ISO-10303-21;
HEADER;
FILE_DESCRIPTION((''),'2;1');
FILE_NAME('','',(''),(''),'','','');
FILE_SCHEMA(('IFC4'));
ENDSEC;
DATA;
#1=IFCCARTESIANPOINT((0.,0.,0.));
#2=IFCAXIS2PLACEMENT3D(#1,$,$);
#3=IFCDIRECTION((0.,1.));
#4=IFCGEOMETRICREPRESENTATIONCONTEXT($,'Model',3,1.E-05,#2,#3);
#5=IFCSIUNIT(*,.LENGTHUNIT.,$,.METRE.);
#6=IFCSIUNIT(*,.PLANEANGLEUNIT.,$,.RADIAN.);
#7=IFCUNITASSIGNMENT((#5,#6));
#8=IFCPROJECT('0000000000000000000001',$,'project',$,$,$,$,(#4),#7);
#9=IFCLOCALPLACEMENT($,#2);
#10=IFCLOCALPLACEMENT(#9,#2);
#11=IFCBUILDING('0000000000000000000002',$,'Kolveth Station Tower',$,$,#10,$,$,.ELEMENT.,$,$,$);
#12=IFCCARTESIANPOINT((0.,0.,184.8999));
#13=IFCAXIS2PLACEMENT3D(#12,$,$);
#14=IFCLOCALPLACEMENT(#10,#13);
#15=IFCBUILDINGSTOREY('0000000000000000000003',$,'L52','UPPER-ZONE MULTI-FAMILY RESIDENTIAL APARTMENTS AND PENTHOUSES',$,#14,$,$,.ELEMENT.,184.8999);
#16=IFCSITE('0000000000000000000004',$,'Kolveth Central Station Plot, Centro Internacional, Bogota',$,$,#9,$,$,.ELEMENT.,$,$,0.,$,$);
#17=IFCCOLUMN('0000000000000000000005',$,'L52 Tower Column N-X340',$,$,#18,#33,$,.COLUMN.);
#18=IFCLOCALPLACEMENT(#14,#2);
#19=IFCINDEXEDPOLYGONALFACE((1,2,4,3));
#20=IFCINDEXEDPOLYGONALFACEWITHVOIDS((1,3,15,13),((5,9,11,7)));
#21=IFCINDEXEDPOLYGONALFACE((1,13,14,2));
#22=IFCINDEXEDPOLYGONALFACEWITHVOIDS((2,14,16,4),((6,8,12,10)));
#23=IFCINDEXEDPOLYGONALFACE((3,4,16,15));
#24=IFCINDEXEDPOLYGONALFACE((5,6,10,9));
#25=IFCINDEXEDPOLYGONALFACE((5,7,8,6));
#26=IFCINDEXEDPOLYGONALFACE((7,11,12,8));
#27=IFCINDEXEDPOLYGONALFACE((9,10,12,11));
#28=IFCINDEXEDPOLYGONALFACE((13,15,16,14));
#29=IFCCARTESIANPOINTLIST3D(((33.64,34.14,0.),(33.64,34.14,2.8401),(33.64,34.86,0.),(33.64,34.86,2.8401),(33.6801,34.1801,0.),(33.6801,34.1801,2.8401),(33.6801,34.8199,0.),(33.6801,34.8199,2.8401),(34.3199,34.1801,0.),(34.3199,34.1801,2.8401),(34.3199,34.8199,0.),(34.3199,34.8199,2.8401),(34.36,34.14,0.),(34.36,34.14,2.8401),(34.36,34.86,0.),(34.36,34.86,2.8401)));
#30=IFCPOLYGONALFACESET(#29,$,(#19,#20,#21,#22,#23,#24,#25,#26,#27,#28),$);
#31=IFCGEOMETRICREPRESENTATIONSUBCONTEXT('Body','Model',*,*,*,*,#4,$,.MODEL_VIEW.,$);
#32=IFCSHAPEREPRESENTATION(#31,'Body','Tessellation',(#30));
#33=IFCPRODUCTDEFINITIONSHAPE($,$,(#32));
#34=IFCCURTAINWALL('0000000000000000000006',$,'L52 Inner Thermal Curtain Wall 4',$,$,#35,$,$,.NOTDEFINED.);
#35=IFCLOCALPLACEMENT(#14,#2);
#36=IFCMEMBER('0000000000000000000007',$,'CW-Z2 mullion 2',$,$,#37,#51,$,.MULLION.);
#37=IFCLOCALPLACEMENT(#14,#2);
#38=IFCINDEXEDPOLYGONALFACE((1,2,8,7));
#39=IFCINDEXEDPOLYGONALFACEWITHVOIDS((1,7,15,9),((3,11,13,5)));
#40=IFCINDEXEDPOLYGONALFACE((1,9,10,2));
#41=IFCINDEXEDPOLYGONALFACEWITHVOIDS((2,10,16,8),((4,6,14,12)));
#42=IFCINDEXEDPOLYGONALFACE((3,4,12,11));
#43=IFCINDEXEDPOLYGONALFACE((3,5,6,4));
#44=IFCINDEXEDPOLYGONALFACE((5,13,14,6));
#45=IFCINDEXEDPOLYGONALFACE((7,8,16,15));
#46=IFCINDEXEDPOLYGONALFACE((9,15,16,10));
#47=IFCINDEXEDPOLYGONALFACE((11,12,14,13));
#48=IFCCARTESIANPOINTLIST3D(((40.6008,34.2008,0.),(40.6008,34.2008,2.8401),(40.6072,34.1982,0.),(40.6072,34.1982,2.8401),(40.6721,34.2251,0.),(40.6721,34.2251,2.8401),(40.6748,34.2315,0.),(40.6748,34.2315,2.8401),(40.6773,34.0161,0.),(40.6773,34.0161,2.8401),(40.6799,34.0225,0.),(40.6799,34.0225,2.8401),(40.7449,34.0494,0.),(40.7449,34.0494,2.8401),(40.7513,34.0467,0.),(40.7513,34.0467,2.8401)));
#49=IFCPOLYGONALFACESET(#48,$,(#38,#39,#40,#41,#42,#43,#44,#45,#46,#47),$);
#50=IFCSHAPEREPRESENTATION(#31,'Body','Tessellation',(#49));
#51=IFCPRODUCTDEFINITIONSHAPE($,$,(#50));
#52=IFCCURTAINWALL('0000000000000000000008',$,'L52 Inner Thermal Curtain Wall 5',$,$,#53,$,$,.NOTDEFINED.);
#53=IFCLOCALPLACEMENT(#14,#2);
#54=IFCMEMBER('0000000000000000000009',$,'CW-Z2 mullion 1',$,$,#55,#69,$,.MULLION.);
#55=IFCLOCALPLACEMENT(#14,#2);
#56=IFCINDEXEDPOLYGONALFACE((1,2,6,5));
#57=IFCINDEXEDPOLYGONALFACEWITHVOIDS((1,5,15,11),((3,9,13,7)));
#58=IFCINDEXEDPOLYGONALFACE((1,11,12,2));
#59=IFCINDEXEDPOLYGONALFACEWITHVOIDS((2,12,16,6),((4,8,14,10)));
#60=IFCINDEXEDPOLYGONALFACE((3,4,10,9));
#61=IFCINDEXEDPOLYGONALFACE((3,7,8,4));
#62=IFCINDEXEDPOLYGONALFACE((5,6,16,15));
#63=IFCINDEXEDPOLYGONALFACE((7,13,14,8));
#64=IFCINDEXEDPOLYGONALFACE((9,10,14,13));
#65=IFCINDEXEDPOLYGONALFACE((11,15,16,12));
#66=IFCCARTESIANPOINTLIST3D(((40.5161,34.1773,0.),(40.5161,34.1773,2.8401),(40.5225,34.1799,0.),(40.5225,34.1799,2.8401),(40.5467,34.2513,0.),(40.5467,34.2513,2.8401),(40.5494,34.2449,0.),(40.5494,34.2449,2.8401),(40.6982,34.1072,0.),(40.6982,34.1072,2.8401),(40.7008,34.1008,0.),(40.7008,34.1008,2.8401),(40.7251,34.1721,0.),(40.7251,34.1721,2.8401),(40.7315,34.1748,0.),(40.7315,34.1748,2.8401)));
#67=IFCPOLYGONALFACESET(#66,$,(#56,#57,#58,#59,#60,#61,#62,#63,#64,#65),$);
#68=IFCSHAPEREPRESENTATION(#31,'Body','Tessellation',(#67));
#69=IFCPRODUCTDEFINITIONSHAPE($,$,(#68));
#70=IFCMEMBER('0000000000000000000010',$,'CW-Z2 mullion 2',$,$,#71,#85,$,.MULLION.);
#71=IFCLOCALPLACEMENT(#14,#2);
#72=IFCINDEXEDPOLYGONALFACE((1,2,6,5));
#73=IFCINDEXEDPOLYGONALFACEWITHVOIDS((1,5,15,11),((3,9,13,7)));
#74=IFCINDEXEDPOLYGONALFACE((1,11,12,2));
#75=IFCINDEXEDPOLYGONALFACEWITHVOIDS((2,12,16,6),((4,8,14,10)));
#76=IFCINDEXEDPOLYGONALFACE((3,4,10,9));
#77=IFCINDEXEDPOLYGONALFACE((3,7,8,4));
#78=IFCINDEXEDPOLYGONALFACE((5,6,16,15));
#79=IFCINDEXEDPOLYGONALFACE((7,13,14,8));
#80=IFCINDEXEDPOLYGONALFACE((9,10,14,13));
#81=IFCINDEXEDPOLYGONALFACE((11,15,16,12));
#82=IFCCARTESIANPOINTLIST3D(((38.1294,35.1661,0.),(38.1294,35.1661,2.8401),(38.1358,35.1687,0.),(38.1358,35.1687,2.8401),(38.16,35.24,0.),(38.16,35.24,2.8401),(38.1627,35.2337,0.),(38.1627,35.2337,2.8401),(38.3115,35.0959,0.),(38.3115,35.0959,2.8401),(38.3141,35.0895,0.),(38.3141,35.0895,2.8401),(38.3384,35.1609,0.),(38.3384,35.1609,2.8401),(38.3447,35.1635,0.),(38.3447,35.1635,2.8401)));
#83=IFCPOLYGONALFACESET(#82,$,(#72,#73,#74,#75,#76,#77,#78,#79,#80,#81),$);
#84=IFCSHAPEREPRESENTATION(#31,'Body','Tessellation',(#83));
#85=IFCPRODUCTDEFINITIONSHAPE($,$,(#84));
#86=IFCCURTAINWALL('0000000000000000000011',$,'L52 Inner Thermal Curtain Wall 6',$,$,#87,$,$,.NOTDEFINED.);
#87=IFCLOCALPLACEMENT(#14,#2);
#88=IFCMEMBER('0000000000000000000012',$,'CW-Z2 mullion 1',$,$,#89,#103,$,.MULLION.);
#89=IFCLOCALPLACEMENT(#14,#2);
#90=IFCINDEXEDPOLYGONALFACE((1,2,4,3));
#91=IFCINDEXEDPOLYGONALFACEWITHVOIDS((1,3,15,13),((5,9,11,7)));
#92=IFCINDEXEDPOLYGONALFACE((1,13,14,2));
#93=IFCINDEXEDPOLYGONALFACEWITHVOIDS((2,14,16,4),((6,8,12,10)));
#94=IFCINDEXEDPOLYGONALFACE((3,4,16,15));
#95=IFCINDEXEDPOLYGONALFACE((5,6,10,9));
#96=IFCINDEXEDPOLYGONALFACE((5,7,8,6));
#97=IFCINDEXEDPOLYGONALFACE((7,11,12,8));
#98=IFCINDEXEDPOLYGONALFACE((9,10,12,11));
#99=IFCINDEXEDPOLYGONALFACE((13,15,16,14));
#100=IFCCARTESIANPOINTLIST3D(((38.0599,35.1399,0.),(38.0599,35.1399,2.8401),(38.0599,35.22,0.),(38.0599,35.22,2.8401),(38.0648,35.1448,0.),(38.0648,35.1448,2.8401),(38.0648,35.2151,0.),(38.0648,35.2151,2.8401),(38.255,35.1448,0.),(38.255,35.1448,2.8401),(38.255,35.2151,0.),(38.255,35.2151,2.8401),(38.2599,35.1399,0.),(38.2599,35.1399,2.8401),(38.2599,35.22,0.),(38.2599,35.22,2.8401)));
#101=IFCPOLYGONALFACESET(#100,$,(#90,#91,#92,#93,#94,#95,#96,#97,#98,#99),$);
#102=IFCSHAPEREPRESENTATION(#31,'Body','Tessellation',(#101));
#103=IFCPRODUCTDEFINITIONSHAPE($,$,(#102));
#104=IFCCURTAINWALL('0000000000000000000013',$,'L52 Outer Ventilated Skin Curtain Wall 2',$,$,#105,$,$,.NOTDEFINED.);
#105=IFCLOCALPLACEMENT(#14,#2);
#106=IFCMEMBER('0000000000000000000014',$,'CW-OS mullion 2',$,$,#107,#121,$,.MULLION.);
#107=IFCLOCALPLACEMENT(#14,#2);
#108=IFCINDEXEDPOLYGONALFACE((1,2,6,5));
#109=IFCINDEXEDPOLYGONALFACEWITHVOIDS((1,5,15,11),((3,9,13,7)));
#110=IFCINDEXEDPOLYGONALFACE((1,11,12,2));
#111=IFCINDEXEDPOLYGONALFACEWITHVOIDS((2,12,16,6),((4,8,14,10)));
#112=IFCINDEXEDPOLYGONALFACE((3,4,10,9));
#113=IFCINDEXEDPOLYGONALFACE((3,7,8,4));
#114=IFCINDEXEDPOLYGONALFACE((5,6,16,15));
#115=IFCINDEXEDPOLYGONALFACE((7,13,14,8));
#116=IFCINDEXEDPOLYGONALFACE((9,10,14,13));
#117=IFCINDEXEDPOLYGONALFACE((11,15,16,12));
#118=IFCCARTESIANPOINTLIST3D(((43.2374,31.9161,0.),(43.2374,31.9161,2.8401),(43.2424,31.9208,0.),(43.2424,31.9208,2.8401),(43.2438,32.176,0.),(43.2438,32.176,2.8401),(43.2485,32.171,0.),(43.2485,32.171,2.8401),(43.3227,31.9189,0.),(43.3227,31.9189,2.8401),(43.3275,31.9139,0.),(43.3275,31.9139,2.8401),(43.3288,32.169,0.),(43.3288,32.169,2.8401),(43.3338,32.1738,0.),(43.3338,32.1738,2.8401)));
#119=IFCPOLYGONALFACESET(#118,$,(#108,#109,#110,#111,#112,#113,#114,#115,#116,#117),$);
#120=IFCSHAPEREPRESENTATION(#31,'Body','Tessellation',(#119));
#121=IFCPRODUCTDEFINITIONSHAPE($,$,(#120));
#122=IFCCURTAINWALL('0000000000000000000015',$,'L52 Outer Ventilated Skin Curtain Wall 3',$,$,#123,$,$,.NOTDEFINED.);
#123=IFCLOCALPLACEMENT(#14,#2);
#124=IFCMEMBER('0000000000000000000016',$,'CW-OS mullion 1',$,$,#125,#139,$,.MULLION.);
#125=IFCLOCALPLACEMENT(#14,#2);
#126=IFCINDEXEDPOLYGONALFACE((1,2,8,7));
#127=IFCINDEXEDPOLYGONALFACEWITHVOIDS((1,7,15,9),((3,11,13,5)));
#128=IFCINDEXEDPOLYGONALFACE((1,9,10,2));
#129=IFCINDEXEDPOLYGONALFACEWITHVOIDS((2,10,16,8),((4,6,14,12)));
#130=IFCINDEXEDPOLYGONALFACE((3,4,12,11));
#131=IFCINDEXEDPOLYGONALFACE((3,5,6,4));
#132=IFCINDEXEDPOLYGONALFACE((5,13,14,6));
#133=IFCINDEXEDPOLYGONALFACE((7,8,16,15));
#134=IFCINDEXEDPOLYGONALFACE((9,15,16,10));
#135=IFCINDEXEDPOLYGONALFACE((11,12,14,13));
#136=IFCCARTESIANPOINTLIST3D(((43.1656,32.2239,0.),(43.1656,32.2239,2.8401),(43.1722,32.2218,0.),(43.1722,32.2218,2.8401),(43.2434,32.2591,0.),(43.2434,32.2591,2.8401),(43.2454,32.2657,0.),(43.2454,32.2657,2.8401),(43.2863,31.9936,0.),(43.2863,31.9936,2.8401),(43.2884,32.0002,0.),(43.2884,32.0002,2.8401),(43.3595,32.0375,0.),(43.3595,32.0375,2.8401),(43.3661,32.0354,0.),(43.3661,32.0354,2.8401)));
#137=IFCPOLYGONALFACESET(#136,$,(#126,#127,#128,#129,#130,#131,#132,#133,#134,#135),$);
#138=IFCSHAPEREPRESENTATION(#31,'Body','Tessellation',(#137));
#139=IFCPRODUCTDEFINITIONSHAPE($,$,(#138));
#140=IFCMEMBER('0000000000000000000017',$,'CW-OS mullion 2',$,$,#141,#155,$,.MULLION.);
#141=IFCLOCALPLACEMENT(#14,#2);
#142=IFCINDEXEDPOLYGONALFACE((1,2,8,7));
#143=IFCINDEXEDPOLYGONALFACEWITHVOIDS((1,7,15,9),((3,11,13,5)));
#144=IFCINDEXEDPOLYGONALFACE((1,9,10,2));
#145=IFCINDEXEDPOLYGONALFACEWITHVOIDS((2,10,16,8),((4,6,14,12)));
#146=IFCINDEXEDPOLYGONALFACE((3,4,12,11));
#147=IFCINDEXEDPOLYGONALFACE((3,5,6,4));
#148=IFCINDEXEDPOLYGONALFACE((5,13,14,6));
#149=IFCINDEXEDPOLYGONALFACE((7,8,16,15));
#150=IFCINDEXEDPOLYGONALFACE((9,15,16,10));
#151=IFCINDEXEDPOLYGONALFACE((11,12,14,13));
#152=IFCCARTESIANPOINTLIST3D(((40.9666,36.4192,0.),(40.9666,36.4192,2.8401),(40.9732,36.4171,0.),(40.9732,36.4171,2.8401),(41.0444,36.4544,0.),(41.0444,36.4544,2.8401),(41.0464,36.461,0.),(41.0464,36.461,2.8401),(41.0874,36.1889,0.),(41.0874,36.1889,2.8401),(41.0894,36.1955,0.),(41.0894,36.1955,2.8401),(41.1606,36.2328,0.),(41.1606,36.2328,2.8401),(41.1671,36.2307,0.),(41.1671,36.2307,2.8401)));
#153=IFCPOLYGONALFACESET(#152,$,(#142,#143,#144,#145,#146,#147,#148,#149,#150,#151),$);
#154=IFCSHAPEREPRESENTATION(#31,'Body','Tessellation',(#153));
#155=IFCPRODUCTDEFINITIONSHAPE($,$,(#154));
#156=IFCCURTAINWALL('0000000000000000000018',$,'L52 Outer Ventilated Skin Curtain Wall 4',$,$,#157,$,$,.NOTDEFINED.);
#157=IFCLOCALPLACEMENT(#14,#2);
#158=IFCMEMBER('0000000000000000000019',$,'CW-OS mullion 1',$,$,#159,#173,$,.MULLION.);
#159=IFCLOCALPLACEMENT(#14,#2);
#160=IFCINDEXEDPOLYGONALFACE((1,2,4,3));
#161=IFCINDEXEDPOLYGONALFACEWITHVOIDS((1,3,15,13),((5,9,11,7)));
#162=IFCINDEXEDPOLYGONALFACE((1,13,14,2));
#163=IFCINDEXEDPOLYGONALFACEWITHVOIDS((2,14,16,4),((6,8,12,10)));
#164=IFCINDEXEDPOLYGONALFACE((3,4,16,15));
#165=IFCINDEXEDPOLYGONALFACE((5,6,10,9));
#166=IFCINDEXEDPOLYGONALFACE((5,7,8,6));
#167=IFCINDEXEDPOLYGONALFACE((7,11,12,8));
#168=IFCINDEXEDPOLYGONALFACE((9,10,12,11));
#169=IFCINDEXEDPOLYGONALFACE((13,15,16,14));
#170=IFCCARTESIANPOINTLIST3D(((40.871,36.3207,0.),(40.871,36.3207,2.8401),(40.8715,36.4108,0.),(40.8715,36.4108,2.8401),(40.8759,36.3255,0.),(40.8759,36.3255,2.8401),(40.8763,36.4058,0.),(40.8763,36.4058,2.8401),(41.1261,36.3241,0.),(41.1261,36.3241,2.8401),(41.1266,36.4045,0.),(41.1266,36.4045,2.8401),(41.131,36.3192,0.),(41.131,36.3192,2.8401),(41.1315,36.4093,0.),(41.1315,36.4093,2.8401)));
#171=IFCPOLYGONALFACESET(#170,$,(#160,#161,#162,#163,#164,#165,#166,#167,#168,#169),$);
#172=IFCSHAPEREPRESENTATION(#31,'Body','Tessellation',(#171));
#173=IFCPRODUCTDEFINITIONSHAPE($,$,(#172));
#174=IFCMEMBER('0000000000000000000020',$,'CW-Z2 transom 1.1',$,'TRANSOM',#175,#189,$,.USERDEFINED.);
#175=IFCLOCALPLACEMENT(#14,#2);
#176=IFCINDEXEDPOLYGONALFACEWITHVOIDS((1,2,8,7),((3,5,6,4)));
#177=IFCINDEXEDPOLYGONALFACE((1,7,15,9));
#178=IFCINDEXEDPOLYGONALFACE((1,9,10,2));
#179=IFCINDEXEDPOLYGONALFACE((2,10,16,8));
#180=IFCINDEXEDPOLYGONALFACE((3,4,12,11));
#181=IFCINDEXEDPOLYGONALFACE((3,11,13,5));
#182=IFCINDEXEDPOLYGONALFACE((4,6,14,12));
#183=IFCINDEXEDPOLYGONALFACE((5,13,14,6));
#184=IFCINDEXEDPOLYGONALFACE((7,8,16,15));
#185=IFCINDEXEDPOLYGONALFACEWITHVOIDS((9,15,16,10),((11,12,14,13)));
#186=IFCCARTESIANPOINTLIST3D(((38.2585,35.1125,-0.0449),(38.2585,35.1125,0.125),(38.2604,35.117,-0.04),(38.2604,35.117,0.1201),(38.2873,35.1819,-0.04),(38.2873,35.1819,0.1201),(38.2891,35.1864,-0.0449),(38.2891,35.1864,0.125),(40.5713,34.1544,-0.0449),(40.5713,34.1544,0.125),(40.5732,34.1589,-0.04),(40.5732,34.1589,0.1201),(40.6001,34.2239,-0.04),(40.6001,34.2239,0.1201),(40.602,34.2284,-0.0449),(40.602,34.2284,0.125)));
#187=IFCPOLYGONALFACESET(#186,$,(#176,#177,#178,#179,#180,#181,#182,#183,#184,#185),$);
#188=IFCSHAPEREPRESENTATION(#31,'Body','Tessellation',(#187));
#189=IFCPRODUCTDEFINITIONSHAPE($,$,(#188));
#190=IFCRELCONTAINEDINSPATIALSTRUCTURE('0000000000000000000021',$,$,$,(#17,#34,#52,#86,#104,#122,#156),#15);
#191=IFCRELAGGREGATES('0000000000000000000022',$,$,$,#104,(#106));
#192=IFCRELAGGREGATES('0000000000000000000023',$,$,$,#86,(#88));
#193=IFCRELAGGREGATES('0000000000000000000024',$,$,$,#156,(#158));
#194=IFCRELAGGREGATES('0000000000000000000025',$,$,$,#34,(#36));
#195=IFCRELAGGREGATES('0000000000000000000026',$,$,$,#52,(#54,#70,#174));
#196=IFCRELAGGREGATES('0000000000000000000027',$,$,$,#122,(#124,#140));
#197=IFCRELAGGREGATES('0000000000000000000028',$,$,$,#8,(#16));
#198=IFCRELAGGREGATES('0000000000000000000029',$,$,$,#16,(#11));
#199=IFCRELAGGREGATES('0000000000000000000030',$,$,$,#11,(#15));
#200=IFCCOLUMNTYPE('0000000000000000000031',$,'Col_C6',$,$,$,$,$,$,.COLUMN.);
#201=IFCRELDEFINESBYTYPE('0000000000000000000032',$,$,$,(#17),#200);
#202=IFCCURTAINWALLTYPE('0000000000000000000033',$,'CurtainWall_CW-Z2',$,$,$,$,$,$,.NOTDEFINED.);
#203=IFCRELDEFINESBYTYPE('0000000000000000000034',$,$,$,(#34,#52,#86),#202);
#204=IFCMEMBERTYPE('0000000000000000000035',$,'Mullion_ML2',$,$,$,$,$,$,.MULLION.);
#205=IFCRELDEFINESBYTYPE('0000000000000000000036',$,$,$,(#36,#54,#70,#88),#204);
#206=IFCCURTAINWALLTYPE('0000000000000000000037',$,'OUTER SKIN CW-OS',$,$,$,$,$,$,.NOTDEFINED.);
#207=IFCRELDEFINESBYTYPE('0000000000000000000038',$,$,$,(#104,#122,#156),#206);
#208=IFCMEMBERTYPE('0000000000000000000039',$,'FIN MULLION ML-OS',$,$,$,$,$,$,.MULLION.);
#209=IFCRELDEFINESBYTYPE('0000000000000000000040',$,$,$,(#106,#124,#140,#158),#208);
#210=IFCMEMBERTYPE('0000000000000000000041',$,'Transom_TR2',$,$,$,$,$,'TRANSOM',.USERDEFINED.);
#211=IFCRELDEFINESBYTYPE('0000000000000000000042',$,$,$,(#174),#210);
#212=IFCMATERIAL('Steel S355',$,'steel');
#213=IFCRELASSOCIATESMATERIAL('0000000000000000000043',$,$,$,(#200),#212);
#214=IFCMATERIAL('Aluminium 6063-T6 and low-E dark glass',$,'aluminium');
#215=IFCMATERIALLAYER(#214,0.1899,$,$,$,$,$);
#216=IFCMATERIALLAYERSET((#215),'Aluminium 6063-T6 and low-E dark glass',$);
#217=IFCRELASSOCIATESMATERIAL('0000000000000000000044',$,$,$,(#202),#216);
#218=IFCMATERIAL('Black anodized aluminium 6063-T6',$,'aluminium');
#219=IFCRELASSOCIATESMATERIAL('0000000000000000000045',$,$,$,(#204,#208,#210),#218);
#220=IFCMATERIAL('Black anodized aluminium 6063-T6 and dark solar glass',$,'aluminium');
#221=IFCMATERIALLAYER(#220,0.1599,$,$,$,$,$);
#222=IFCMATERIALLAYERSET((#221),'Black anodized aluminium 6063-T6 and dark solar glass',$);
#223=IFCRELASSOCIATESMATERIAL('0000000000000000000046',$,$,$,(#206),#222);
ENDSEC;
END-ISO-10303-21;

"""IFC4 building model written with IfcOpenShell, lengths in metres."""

from ifc_helpers import new_model, si_unit, direction, frame, origin, origin_2d, place, context, subcontext, project, spatial, hollow_rectangle, extrude, source, transform, mapped, material, layer, layer_set, material_profile, profile_set, type_object, element, aggregate, save


model = new_model("IFC4")

# Units and contexts
model_context = context("Model", 3, precision=1e-05, world=origin(), true_north=direction((0.0, 1.0)))
body_context = subcontext(model_context, "Body", "Model", "MODEL_VIEW")
ifc_project = project(units=[si_unit("LENGTHUNIT", "METRE"), si_unit("PLANEANGLEUNIT", "RADIAN")], contexts=[model_context])

# Site, building, storey
site_placement = place(None, origin())
site = spatial("IfcSite", under=ifc_project, at=site_placement, Name="Kolveth Central Station Plot, Centro Internacional, Bogota", CompositionType="ELEMENT", RefElevation=0.0)
building_placement = place(site_placement, origin())
building = spatial("IfcBuilding", under=site, at=building_placement, Name="Kolveth Station Tower", CompositionType="ELEMENT")
storey_placement = place(building_placement, frame((0.0, 0.0, 184.8999)))
storey = spatial("IfcBuildingStorey", under=building, at=storey_placement, Name="L52", Description="UPPER-ZONE MULTI-FAMILY RESIDENTIAL APARTMENTS AND PENTHOUSES", CompositionType="ELEMENT", Elevation=184.8999)

# Column
ifc_material_1 = material(Name="Steel S355", Category="steel")
ifc_material_profile_1 = material_profile(ifc_material_1, hollow_rectangle(XDim=0.72, YDim=0.72, WallThickness=0.04, at=origin_2d()), Name="BOX720x720x40")
ifc_profile_set_1 = profile_set([ifc_material_profile_1], Name="Steel S355")
column_type = type_object("IfcColumnType", Name="Col_C6", PredefinedType="COLUMN", material=ifc_profile_set_1)
shared_shape_1 = source(origin(), body_context, "Body", "SweptSolid", [
    extrude(hollow_rectangle(XDim=0.72, YDim=0.72, WallThickness=0.04, at=origin_2d()), origin(), (0.0, 0.0, 1.0), 2.8401),
])
column_placement = place(storey_placement, frame((34.0, 34.5, 0.0), z_axis=(0.0, 0.0, 1.0), x_axis=(1.0, 0.0, 0.0)))
element("IfcColumn", 1, at=column_placement, inside=storey, type_object=column_type, Name="L52 Tower Column N-X340", PredefinedType="COLUMN", context=body_context, shape_type="MappedRepresentation", body=[
    mapped(shared_shape_1, transform((0.0, 0.0, 0.0), x_axis=(1.0, 0.0, 0.0), y_axis=(0.0, 1.0, 0.0), z_axis=(0.0, 0.0, 1.0), scale=1.0)),
])

# Curtain wall, member
ifc_material_2 = material(Name="Aluminium 6063-T6 and low-E dark glass", Category="aluminium")
ifc_layer_1 = layer(ifc_material_2, 0.1899)
ifc_layer_set_1 = layer_set([ifc_layer_1], Name="Aluminium 6063-T6 and low-E dark glass")
curtain_wall_type_1 = type_object("IfcCurtainWallType", Name="CurtainWall_CW-Z2", PredefinedType="NOTDEFINED", material=ifc_layer_set_1)
curtain_wall_1_placement = place(storey_placement, origin())
curtain_wall_1 = element("IfcCurtainWall", 2, at=curtain_wall_1_placement, inside=storey, type_object=curtain_wall_type_1, Name="L52 Inner Thermal Curtain Wall 4", PredefinedType="NOTDEFINED")
ifc_material_3 = material(Name="Black anodized aluminium 6063-T6", Category="aluminium")
ifc_material_profile_2 = material_profile(ifc_material_3, hollow_rectangle(XDim=0.0801, YDim=0.2, WallThickness=0.0049, at=origin_2d()), Name="ALU-80x200x5")
ifc_profile_set_2 = profile_set([ifc_material_profile_2], Name="Black anodized aluminium 6063-T6")
member_type_1 = type_object("IfcMemberType", Name="Mullion_ML2", PredefinedType="MULLION", material=ifc_profile_set_2)
shared_shape_2 = source(origin(), body_context, "Body", "SweptSolid", [
    extrude(hollow_rectangle(XDim=0.0801, YDim=0.2, WallThickness=0.0049, at=origin_2d()), origin(), (0.0, 0.0, 1.0), 2.8401),
])
member_1_placement = place(storey_placement, frame((40.676, 34.1238, 0.0), z_axis=(0.0, 0.0, 1.0), x_axis=(-0.923874, -0.382698, 0.0)))
member_1 = element("IfcMember", 3, at=member_1_placement, type_object=member_type_1, Name="CW-Z2 mullion 2", PredefinedType="MULLION", context=body_context, shape_type="MappedRepresentation", body=[
    mapped(shared_shape_2, transform((0.0, 0.0, 0.0), x_axis=(1.0, 0.0, 0.0), y_axis=(0.0, 1.0, 0.0), z_axis=(0.0, 0.0, 1.0), scale=1.0)),
])

# Curtain wall, members
curtain_wall_2_placement = place(storey_placement, origin())
curtain_wall_2 = element("IfcCurtainWall", 4, at=curtain_wall_2_placement, inside=storey, type_object=curtain_wall_type_1, Name="L52 Inner Thermal Curtain Wall 5", PredefinedType="NOTDEFINED")
member_2_placement = place(storey_placement, frame((40.6238, 34.176, 0.0), z_axis=(0.0, 0.0, 1.0), x_axis=(-0.382698, -0.923874, 0.0)))
member_2 = element("IfcMember", 5, at=member_2_placement, type_object=member_type_1, Name="CW-Z2 mullion 1", PredefinedType="MULLION", context=body_context, shape_type="MappedRepresentation", body=[
    mapped(shared_shape_2, transform((0.0, 0.0, 0.0), x_axis=(1.0, 0.0, 0.0), y_axis=(0.0, 1.0, 0.0), z_axis=(0.0, 0.0, 1.0), scale=1.0)),
])
member_3_placement = place(storey_placement, frame((38.2371, 35.1648, 0.0), z_axis=(0.0, 0.0, 1.0), x_axis=(-0.382698, -0.923874, 0.0)))
member_3 = element("IfcMember", 6, at=member_3_placement, type_object=member_type_1, Name="CW-Z2 mullion 2", PredefinedType="MULLION", context=body_context, shape_type="MappedRepresentation", body=[
    mapped(shared_shape_2, transform((0.0, 0.0, 0.0), x_axis=(1.0, 0.0, 0.0), y_axis=(0.0, 1.0, 0.0), z_axis=(0.0, 0.0, 1.0), scale=1.0)),
])

# Curtain walls, members
curtain_wall_3_placement = place(storey_placement, origin())
curtain_wall_3 = element("IfcCurtainWall", 7, at=curtain_wall_3_placement, inside=storey, type_object=curtain_wall_type_1, Name="L52 Inner Thermal Curtain Wall 6", PredefinedType="NOTDEFINED")
member_4_placement = place(storey_placement, frame((38.1599, 35.1799, 0.0), z_axis=(0.0, 0.0, 1.0), x_axis=(0.0, -1.0, 0.0)))
member_4 = element("IfcMember", 8, at=member_4_placement, type_object=member_type_1, Name="CW-Z2 mullion 1", PredefinedType="MULLION", context=body_context, shape_type="MappedRepresentation", body=[
    mapped(shared_shape_2, transform((0.0, 0.0, 0.0), x_axis=(1.0, 0.0, 0.0), y_axis=(0.0, 1.0, 0.0), z_axis=(0.0, 0.0, 1.0), scale=1.0)),
])
ifc_material_4 = material(Name="Black anodized aluminium 6063-T6 and dark solar glass", Category="aluminium")
ifc_layer_2 = layer(ifc_material_4, 0.1599)
ifc_layer_set_2 = layer_set([ifc_layer_2], Name="Black anodized aluminium 6063-T6 and dark solar glass")
curtain_wall_type_2 = type_object("IfcCurtainWallType", Name="OUTER SKIN CW-OS", PredefinedType="NOTDEFINED", material=ifc_layer_set_2)
curtain_wall_4_placement = place(storey_placement, origin())
curtain_wall_4 = element("IfcCurtainWall", 9, at=curtain_wall_4_placement, inside=storey, type_object=curtain_wall_type_2, Name="L52 Outer Ventilated Skin Curtain Wall 2", PredefinedType="NOTDEFINED")
ifc_material_profile_3 = material_profile(ifc_material_3, hollow_rectangle(XDim=0.0901, YDim=0.26, WallThickness=0.0049, at=origin_2d()), Name="ALU-90x260x5")
ifc_profile_set_3 = profile_set([ifc_material_profile_3], Name="Black anodized aluminium 6063-T6")
member_type_2 = type_object("IfcMemberType", Name="FIN MULLION ML-OS", PredefinedType="MULLION", material=ifc_profile_set_3)
shared_shape_3 = source(origin(), body_context, "Body", "SweptSolid", [
    extrude(hollow_rectangle(XDim=0.0901, YDim=0.26, WallThickness=0.0049, at=origin_2d()), origin(), (0.0, 0.0, 1.0), 2.8401),
])
member_5_placement = place(storey_placement, frame((43.2856, 32.0449, 0.0), z_axis=(0.0, 0.0, 1.0), x_axis=(-0.999703, 0.02436, 0.0)))
member_5 = element("IfcMember", 10, at=member_5_placement, type_object=member_type_2, Name="CW-OS mullion 2", PredefinedType="MULLION", context=body_context, shape_type="MappedRepresentation", body=[
    mapped(shared_shape_3, transform((0.0, 0.0, 0.0), x_axis=(1.0, 0.0, 0.0), y_axis=(0.0, 1.0, 0.0), z_axis=(0.0, 0.0, 1.0), scale=1.0)),
])
aggregate(curtain_wall_4, [member_5])

# Curtain wall, members
curtain_wall_5_placement = place(storey_placement, origin())
curtain_wall_5 = element("IfcCurtainWall", 11, at=curtain_wall_5_placement, inside=storey, type_object=curtain_wall_type_2, Name="L52 Outer Ventilated Skin Curtain Wall 3", PredefinedType="NOTDEFINED")
member_6_placement = place(storey_placement, frame((43.2659, 32.1296, 0.0), z_axis=(0.0, 0.0, 1.0), x_axis=(-0.885711, -0.464237, 0.0)))
member_6 = element("IfcMember", 12, at=member_6_placement, type_object=member_type_2, Name="CW-OS mullion 1", PredefinedType="MULLION", context=body_context, shape_type="MappedRepresentation", body=[
    mapped(shared_shape_3, transform((0.0, 0.0, 0.0), x_axis=(1.0, 0.0, 0.0), y_axis=(0.0, 1.0, 0.0), z_axis=(0.0, 0.0, 1.0), scale=1.0)),
])
member_7_placement = place(storey_placement, frame((41.0669, 36.325, 0.0), z_axis=(0.0, 0.0, 1.0), x_axis=(-0.885711, -0.464237, 0.0)))
member_7 = element("IfcMember", 13, at=member_7_placement, type_object=member_type_2, Name="CW-OS mullion 2", PredefinedType="MULLION", context=body_context, shape_type="MappedRepresentation", body=[
    mapped(shared_shape_3, transform((0.0, 0.0, 0.0), x_axis=(1.0, 0.0, 0.0), y_axis=(0.0, 1.0, 0.0), z_axis=(0.0, 0.0, 1.0), scale=1.0)),
])

# Curtain wall, member
curtain_wall_6_placement = place(storey_placement, origin())
curtain_wall_6 = element("IfcCurtainWall", 14, at=curtain_wall_6_placement, inside=storey, type_object=curtain_wall_type_2, Name="L52 Outer Ventilated Skin Curtain Wall 4", PredefinedType="NOTDEFINED")
member_8_placement = place(storey_placement, frame((41.0012, 36.365, 0.0), z_axis=(0.0, 0.0, 1.0), x_axis=(-0.005549, -0.999985, 0.0)))
member_8 = element("IfcMember", 15, at=member_8_placement, type_object=member_type_2, Name="CW-OS mullion 1", PredefinedType="MULLION", context=body_context, shape_type="MappedRepresentation", body=[
    mapped(shared_shape_3, transform((0.0, 0.0, 0.0), x_axis=(1.0, 0.0, 0.0), y_axis=(0.0, 1.0, 0.0), z_axis=(0.0, 0.0, 1.0), scale=1.0)),
])

# Member
ifc_material_profile_4 = material_profile(ifc_material_3, hollow_rectangle(XDim=0.0801, YDim=0.1699, WallThickness=0.0049, at=origin_2d()), Name="ALU-80x170x5")
ifc_profile_set_4 = profile_set([ifc_material_profile_4], Name="Black anodized aluminium 6063-T6")
member_type_3 = type_object("IfcMemberType", Name="Transom_TR2", ElementType="TRANSOM", PredefinedType="USERDEFINED", material=ifc_profile_set_4)
shared_shape_4 = source(origin(), body_context, "Body", "SweptSolid", [
    extrude(hollow_rectangle(XDim=0.0801, YDim=0.1699, WallThickness=0.0049, at=origin_2d()), origin(), (0.0, 0.0, 1.0), 2.5034),
])
member_9_placement = place(storey_placement, frame((40.5867, 34.1914, 0.04), z_axis=(-0.923874, 0.382696, 0.0), x_axis=(-0.382696, -0.923874, 0.0)))
member_9 = element("IfcMember", 16, at=member_9_placement, type_object=member_type_3, Name="CW-Z2 transom 1.1", ObjectType="TRANSOM", PredefinedType="USERDEFINED", context=body_context, shape_type="MappedRepresentation", body=[
    mapped(shared_shape_4, transform((0.0, 0.0, 0.0), x_axis=(1.0, 0.0, 0.0), y_axis=(0.0, 1.0, 0.0), z_axis=(0.0, 0.0, 1.0), scale=1.0)),
])
aggregate(curtain_wall_3, [member_4])
aggregate(curtain_wall_6, [member_8])

aggregate(curtain_wall_1, [member_1])
aggregate(curtain_wall_2, [member_2, member_3, member_9])
aggregate(curtain_wall_5, [member_6, member_7])

save(model, "model.ifc")
